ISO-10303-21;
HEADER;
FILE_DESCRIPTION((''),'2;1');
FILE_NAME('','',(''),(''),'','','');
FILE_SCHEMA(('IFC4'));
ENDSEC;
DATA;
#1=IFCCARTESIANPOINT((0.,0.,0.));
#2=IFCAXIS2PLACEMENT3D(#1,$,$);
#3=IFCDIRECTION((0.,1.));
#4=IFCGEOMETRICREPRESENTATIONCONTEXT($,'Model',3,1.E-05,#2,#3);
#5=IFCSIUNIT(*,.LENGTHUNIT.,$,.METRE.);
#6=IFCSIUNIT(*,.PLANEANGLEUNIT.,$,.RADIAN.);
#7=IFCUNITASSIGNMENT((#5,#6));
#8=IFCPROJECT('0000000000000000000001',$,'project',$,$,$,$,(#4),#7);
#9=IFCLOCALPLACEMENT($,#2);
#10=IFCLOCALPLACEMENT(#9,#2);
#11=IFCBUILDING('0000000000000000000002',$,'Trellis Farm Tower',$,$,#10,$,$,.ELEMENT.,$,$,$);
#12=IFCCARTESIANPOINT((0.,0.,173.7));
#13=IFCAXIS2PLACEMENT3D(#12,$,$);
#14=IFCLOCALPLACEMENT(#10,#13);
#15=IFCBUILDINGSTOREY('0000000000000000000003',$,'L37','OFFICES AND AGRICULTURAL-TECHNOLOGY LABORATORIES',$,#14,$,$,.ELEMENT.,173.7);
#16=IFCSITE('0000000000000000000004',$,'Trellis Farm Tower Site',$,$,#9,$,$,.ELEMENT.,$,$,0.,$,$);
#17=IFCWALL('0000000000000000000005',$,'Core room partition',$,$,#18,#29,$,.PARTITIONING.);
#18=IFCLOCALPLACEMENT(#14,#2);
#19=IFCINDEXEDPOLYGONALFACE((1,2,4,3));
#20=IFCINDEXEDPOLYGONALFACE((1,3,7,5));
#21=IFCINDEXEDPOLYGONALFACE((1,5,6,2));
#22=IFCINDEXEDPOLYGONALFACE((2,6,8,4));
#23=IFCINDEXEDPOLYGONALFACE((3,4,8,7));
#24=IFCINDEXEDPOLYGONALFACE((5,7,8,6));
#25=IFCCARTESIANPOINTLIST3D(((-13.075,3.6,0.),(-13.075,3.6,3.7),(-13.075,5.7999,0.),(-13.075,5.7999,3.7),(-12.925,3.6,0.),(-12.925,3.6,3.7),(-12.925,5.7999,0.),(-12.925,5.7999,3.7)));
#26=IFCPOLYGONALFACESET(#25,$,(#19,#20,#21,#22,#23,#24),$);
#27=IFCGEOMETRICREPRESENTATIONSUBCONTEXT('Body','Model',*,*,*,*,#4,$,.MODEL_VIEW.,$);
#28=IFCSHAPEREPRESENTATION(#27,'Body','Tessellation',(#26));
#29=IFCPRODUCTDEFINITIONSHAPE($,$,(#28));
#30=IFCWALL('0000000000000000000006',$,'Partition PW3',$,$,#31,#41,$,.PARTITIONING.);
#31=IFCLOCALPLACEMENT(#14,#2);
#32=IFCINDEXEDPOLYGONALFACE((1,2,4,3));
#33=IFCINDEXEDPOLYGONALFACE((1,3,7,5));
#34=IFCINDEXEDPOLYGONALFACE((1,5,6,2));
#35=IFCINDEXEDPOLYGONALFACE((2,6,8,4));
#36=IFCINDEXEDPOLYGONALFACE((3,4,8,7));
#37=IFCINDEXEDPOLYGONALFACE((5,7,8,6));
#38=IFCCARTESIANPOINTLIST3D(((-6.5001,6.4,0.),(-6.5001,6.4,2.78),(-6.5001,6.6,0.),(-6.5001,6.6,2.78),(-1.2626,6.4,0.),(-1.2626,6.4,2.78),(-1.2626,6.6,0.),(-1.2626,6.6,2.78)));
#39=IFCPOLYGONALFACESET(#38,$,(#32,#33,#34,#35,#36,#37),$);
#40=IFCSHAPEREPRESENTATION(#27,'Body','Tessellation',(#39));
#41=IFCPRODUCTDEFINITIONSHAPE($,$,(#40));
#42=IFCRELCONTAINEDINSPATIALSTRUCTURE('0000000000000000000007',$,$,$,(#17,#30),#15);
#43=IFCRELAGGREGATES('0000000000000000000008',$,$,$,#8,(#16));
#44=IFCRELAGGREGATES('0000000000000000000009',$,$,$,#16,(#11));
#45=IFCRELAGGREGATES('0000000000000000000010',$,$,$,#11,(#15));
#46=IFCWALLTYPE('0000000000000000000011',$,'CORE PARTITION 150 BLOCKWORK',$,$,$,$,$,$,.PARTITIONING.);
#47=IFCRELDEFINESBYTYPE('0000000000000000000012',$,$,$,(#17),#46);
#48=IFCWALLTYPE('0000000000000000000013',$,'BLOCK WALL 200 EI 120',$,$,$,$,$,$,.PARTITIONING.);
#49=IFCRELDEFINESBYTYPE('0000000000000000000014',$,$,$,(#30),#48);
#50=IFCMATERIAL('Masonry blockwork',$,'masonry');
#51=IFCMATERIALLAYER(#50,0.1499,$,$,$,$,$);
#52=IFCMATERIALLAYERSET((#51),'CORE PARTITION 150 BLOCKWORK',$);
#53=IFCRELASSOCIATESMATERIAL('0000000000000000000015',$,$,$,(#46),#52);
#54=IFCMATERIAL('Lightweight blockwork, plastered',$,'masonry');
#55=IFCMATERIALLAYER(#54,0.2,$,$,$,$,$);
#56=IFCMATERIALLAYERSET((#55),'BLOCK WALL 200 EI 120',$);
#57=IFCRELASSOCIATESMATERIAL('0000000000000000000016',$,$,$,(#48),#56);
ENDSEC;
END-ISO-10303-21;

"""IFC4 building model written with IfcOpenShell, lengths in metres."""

from ifc_helpers import new_model, si_unit, direction, frame, frame_2d, origin, place, context, subcontext, project, spatial, rectangle, extrude, source, transform, mapped, material, layer, layer_set, type_object, element, save


model = new_model("IFC4")

# Units and contexts
model_context = context("Model", 3, precision=1e-05, world=origin(), true_north=direction((0.0, 1.0)))
body_context = subcontext(model_context, "Body", "Model", "MODEL_VIEW")
ifc_project = project(units=[si_unit("LENGTHUNIT", "METRE"), si_unit("PLANEANGLEUNIT", "RADIAN")], contexts=[model_context])

# Site, building, storey
site_placement = place(None, origin())
site = spatial("IfcSite", under=ifc_project, at=site_placement, Name="Trellis Farm Tower Site", CompositionType="ELEMENT", RefElevation=0.0)
building_placement = place(site_placement, origin())
building = spatial("IfcBuilding", under=site, at=building_placement, Name="Trellis Farm Tower", CompositionType="ELEMENT")
storey_placement = place(building_placement, frame((0.0, 0.0, 173.7)))
storey = spatial("IfcBuildingStorey", under=building, at=storey_placement, Name="L37", Description="OFFICES AND AGRICULTURAL-TECHNOLOGY LABORATORIES", CompositionType="ELEMENT", Elevation=173.7)

# Walls
ifc_material_1 = material(Name="Masonry blockwork", Category="masonry")
ifc_layer_1 = layer(ifc_material_1, 0.1499)
ifc_layer_set_1 = layer_set([ifc_layer_1], Name="CORE PARTITION 150 BLOCKWORK")
wall_type_1 = type_object("IfcWallType", Name="CORE PARTITION 150 BLOCKWORK", PredefinedType="PARTITIONING", material=ifc_layer_set_1)
shared_shape_1 = source(origin(), body_context, "Body", "SweptSolid", [
    extrude(rectangle(XDim=2.2, YDim=0.1499, at=frame_2d((1.1001, 0.0))), origin(), (0.0, 0.0, 1.0), 3.7),
])
for number, where, z_axis, x_axis, name in (
    (1, (-13.0, 5.8, 0.0), (0.0, 0.0, 1.0), (0.0, -1.0, 0.0), "Core room partition"),
):
    element("IfcWall", number, at=place(storey_placement, frame(where, z_axis=z_axis, x_axis=x_axis)), inside=storey, type_object=wall_type_1, Name=name, PredefinedType="PARTITIONING", context=body_context, shape_type="MappedRepresentation", body=[
        mapped(shared_shape_1, transform((0.0, 0.0, 0.0))),
    ])
ifc_material_2 = material(Name="Lightweight blockwork, plastered", Category="masonry")
ifc_layer_2 = layer(ifc_material_2, 0.2)
ifc_layer_set_2 = layer_set([ifc_layer_2], Name="BLOCK WALL 200 EI 120")
wall_type_2 = type_object("IfcWallType", Name="BLOCK WALL 200 EI 120", PredefinedType="PARTITIONING", material=ifc_layer_set_2)
shared_shape_2 = source(origin(), body_context, "Body", "SweptSolid", [
    extrude(rectangle(XDim=5.2375, YDim=0.2, at=frame_2d((2.6187, 0.0))), origin(), (0.0, 0.0, 1.0), 2.78),
])
wall_1_placement = place(storey_placement, frame((-6.5, 6.5, 0.0), z_axis=(0.0, 0.0, 1.0), x_axis=(1.0, 0.0, 0.0)))
element("IfcWall", 2, at=wall_1_placement, inside=storey, type_object=wall_type_2, Name="Partition PW3", PredefinedType="PARTITIONING", context=body_context, shape_type="MappedRepresentation", body=[
    mapped(shared_shape_2, transform((0.0, 0.0, 0.0))),
])

save(model, "model.ifc")
